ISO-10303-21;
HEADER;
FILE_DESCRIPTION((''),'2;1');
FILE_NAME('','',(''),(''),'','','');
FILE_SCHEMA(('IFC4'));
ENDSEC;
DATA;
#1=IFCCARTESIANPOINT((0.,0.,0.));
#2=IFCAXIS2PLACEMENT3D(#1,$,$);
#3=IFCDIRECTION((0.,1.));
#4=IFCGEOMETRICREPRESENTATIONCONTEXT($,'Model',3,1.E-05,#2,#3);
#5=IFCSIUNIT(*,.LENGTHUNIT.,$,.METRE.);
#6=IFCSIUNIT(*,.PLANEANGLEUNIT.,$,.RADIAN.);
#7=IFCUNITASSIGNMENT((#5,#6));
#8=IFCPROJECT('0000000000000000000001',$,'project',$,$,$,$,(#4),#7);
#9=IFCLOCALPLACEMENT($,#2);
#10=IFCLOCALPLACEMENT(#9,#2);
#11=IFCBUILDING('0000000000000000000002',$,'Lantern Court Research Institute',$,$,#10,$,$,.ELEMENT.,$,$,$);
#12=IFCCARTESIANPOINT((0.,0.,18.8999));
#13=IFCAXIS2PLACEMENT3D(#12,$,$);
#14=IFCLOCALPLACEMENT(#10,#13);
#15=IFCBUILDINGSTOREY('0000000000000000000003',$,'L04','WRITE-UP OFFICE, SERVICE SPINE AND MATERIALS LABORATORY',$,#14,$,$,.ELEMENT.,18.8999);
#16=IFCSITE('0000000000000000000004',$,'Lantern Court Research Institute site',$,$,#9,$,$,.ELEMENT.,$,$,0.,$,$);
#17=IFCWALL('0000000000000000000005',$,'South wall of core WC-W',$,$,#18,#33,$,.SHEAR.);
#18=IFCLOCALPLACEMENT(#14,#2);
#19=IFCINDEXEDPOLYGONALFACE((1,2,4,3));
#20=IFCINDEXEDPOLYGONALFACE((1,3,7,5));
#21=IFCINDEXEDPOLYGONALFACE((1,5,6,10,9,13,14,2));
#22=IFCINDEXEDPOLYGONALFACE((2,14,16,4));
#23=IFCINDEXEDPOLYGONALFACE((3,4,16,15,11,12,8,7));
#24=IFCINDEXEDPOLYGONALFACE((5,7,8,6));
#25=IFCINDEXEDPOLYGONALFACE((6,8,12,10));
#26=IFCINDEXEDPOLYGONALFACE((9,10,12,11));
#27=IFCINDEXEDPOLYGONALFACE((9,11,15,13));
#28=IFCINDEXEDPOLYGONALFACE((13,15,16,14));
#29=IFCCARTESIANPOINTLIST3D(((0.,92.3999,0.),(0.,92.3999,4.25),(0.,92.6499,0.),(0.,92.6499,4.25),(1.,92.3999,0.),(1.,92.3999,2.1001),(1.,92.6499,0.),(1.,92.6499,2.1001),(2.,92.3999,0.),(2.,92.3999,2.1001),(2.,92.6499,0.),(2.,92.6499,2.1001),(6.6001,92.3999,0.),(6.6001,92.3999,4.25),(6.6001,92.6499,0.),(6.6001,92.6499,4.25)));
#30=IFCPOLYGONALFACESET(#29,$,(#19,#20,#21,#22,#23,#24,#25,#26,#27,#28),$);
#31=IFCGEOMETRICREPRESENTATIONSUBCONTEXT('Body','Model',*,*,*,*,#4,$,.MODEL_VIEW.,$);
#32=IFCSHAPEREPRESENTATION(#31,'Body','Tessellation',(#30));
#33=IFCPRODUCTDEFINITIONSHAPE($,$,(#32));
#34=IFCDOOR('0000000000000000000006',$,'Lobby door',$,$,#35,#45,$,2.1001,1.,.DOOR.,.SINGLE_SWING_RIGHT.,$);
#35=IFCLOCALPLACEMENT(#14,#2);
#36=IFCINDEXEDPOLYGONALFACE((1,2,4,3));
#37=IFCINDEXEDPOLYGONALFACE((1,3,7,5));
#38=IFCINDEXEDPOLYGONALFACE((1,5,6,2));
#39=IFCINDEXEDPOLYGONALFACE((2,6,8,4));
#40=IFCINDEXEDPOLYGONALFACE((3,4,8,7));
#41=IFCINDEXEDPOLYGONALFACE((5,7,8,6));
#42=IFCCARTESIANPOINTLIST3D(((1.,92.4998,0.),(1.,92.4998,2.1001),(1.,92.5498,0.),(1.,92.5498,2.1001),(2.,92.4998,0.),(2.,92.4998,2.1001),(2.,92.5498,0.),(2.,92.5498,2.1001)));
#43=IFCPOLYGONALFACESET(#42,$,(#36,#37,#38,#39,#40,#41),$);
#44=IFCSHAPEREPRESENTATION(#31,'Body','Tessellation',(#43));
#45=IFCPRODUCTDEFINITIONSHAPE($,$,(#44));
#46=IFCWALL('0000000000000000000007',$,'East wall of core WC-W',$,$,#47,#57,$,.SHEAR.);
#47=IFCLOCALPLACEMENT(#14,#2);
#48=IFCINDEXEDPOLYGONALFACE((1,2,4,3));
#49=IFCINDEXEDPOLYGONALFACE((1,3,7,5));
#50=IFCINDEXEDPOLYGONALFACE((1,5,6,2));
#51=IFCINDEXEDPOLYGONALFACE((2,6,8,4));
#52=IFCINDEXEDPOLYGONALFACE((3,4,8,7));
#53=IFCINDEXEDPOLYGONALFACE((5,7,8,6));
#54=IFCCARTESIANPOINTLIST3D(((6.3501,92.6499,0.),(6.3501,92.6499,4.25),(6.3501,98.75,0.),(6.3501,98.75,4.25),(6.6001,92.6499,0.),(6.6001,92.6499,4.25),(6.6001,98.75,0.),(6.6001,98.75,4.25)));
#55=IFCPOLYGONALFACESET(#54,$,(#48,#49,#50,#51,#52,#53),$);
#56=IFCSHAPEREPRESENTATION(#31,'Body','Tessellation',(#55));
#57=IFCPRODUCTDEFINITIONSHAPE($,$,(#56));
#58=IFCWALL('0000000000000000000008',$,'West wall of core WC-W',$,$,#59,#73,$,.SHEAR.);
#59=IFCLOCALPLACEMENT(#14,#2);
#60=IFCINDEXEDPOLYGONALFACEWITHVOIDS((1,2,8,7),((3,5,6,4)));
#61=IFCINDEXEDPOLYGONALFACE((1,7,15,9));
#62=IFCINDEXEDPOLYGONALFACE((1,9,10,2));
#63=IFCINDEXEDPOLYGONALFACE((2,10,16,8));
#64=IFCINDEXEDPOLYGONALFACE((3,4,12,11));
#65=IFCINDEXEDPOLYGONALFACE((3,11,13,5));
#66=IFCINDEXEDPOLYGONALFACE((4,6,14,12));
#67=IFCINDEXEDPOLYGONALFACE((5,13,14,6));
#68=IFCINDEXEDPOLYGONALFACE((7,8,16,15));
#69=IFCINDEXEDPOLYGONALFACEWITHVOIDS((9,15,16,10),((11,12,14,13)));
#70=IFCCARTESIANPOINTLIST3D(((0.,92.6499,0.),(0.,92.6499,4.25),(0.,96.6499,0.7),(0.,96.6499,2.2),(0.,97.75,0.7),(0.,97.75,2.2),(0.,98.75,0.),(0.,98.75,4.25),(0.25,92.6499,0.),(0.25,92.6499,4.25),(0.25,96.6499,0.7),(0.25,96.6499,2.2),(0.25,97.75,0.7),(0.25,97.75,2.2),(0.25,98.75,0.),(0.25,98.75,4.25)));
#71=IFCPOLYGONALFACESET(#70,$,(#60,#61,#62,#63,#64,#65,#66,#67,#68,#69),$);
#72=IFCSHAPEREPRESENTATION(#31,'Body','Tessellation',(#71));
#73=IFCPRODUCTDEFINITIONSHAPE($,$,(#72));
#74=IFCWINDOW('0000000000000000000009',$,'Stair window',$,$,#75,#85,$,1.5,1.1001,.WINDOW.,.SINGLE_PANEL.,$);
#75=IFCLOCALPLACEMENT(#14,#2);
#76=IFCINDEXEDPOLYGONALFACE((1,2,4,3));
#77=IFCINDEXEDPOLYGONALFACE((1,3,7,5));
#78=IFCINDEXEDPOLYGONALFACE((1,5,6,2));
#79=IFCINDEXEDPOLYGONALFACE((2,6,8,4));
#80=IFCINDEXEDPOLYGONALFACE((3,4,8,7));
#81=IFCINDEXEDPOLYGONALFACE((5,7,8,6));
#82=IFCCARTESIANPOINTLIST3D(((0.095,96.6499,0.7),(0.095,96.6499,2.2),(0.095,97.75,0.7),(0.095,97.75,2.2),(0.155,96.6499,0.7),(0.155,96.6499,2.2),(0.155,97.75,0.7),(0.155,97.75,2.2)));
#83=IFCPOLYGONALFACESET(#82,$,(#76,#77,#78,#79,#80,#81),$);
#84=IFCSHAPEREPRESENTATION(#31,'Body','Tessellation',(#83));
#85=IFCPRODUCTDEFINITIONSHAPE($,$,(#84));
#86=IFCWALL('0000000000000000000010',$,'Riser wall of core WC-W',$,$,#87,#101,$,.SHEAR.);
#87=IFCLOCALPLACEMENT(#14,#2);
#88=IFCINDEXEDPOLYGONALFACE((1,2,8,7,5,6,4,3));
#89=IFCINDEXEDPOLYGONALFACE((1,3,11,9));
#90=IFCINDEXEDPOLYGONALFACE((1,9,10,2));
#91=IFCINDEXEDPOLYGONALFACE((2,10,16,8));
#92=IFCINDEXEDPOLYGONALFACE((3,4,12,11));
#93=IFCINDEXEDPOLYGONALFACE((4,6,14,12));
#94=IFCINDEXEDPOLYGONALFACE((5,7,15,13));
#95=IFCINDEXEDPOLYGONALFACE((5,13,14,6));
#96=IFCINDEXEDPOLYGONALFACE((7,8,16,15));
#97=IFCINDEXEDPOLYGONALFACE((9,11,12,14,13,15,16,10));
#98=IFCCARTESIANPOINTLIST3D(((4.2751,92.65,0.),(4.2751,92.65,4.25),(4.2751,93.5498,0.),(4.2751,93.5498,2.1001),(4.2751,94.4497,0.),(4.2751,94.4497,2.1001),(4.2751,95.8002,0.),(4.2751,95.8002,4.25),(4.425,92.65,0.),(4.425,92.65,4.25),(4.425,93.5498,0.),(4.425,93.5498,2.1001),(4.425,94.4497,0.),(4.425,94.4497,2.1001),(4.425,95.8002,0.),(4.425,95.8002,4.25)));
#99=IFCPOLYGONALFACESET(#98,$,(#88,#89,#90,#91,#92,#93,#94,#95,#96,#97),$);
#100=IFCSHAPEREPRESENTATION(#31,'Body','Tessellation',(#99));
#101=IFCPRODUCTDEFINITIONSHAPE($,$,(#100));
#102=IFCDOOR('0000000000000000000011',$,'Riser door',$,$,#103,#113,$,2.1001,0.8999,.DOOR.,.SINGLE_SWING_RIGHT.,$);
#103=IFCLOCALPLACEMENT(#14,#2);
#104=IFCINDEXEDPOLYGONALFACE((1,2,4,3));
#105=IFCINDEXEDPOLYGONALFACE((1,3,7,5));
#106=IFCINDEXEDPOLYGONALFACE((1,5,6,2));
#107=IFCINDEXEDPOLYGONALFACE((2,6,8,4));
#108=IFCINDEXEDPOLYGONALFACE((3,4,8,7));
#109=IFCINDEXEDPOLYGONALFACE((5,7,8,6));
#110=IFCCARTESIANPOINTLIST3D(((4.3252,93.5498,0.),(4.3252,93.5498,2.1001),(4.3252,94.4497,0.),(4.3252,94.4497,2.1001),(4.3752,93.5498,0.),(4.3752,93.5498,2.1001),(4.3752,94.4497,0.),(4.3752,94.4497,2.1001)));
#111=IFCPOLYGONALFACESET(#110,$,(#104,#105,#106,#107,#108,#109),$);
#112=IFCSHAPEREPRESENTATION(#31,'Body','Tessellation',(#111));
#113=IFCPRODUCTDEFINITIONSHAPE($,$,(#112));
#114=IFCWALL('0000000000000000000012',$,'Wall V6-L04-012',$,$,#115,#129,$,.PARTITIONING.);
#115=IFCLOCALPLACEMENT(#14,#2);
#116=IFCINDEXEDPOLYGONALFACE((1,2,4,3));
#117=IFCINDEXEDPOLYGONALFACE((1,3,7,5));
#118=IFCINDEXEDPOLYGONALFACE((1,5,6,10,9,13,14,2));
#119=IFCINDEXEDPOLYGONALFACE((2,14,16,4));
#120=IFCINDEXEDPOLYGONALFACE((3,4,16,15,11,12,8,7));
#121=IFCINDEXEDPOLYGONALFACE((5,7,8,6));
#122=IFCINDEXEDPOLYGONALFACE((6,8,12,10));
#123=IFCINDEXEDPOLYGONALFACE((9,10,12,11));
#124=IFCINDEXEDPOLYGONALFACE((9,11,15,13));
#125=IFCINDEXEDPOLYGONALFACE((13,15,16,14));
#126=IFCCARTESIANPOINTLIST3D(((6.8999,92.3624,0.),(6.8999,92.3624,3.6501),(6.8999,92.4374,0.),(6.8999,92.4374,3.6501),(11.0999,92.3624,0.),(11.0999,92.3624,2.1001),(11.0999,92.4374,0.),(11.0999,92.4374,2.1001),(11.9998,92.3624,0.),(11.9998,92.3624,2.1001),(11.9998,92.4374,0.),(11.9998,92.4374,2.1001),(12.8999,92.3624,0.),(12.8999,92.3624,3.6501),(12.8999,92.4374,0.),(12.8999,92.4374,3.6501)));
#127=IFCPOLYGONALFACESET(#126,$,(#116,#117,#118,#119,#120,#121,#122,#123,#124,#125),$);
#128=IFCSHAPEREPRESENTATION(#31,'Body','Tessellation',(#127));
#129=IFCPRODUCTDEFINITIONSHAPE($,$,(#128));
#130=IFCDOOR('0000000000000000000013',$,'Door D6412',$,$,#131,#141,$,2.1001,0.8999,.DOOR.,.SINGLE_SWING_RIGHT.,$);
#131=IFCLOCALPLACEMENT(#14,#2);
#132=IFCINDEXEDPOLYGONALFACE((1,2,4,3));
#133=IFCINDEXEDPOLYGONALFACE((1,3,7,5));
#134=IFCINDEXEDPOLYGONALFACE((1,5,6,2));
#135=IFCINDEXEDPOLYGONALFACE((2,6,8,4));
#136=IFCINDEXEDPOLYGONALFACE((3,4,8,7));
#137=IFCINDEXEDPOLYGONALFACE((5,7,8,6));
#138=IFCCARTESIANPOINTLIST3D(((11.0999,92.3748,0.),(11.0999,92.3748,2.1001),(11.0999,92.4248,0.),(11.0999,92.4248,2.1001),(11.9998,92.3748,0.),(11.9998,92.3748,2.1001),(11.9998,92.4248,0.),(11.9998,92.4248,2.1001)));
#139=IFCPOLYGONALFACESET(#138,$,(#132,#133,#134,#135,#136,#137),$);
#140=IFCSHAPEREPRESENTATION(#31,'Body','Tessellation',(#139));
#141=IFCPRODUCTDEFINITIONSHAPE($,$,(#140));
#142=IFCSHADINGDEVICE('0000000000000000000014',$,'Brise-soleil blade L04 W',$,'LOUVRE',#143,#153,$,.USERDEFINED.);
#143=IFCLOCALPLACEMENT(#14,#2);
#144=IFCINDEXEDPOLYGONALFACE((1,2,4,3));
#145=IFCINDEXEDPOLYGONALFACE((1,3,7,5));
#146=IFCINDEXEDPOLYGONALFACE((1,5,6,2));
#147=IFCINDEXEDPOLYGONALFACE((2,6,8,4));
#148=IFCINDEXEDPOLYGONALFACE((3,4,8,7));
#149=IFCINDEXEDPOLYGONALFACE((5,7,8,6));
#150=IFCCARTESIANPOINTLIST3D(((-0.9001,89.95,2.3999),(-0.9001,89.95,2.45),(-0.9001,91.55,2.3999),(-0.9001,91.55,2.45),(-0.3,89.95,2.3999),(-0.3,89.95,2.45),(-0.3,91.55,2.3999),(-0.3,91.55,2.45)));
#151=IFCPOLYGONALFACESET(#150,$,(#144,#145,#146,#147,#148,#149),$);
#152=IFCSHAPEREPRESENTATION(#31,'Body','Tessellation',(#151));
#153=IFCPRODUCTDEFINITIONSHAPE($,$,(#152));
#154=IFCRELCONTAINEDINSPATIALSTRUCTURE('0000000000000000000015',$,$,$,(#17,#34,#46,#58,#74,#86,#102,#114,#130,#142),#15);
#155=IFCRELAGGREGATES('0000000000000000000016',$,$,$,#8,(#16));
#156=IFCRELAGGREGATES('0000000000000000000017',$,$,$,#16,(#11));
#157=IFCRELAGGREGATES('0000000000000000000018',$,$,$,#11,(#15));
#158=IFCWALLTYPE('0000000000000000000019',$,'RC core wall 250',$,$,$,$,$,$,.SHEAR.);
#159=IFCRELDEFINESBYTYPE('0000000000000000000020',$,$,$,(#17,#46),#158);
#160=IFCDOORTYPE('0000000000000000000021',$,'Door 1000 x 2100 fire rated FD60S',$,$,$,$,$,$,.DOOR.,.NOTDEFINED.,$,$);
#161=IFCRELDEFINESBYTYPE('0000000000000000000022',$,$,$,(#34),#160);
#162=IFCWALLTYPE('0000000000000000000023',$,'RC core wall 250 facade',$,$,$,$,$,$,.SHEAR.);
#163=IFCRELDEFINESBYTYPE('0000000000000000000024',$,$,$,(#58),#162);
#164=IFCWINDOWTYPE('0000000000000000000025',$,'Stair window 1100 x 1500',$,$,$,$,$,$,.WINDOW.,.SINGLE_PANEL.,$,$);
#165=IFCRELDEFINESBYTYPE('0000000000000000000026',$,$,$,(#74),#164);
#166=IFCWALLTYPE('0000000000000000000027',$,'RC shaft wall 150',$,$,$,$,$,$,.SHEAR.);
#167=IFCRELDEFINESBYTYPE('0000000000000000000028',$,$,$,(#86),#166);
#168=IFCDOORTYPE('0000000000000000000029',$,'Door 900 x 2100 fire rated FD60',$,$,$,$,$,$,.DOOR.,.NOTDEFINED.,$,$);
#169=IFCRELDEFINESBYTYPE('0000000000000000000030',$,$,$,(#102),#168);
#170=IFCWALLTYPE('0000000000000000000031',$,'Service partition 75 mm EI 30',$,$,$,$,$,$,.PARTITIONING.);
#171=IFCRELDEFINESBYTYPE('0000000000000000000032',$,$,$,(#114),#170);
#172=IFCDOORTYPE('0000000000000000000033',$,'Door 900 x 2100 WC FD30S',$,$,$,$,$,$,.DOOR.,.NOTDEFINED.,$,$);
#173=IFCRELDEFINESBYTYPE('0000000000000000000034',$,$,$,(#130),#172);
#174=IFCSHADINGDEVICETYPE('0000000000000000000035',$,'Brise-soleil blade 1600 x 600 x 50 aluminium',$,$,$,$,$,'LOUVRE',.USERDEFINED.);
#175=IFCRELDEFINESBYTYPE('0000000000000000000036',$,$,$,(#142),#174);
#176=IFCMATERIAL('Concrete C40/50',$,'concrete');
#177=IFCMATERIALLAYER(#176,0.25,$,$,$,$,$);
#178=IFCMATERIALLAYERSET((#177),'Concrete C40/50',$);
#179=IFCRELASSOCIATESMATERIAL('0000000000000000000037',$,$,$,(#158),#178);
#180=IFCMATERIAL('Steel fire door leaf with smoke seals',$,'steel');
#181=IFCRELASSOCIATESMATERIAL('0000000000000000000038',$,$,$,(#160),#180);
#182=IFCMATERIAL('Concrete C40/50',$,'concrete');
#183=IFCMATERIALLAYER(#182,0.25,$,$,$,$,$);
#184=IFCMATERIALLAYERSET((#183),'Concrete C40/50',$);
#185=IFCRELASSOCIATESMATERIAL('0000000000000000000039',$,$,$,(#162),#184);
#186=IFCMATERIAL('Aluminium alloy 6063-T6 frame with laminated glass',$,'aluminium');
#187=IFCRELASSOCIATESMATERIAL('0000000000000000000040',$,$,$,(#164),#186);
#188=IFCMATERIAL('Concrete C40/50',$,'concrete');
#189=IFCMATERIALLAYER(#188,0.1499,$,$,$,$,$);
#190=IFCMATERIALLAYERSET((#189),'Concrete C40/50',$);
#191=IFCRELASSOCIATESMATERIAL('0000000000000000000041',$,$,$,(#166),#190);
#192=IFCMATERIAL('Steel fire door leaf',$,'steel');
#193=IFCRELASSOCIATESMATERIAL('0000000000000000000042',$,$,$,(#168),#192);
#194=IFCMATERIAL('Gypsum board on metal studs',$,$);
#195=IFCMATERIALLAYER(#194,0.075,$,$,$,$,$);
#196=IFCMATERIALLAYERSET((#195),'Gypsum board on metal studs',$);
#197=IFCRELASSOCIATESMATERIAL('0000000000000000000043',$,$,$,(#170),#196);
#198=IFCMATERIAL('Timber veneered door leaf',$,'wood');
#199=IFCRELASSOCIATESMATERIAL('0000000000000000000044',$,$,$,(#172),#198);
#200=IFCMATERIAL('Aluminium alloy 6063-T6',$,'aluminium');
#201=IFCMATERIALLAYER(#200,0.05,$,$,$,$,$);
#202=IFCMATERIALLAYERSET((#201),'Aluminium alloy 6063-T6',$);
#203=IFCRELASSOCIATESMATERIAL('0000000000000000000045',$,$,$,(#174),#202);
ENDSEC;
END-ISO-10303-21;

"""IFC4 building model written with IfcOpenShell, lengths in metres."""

from ifc_helpers import new_model, si_unit, direction, frame, frame_2d, origin, origin_2d, place, context, subcontext, project, spatial, rectangle, extrude, material, layer, layer_set, type_object, element, fill, save


model = new_model("IFC4")

# Units and contexts
model_context = context("Model", 3, precision=1e-05, world=origin(), true_north=direction((0.0, 1.0)))
body_context = subcontext(model_context, "Body", "Model", "MODEL_VIEW")
ifc_project = project(units=[si_unit("LENGTHUNIT", "METRE"), si_unit("PLANEANGLEUNIT", "RADIAN")], contexts=[model_context])

# Site, building, storey
site_placement = place(None, origin())
site = spatial("IfcSite", under=ifc_project, at=site_placement, Name="Lantern Court Research Institute site", CompositionType="ELEMENT", RefElevation=0.0)
building_placement = place(site_placement, origin())
building = spatial("IfcBuilding", under=site, at=building_placement, Name="Lantern Court Research Institute", CompositionType="ELEMENT")
storey_placement = place(building_placement, frame((0.0, 0.0, 18.8999)))
storey = spatial("IfcBuildingStorey", under=building, at=storey_placement, Name="L04", Description="WRITE-UP OFFICE, SERVICE SPINE AND MATERIALS LABORATORY", CompositionType="ELEMENT", Elevation=18.8999)

# Wall, opening, door
ifc_material_1 = material(Name="Concrete C40/50", Category="concrete")
ifc_layer_1 = layer(ifc_material_1, 0.25)
ifc_layer_set_1 = layer_set([ifc_layer_1], Name="Concrete C40/50")
wall_type_1 = type_object("IfcWallType", Name="RC core wall 250", PredefinedType="SHEAR", material=ifc_layer_set_1)
wall_1_placement = place(storey_placement, frame((0.0, 92.5249, 0.0), z_axis=(0.0, 0.0, 1.0), x_axis=(1.0, 0.0, 0.0)))
wall_1 = element("IfcWall", 1, at=wall_1_placement, inside=storey, type_object=wall_type_1, Name="South wall of core WC-W", PredefinedType="SHEAR", context=body_context, shape_type="SweptSolid", body=[
    extrude(rectangle(XDim=6.6001, YDim=0.25, at=frame_2d((3.3, 0.0))), origin(), (0.0, 0.0, 1.0), 4.25),
])
opening_1_placement = place(wall_1_placement, frame((1.0, 0.0, 0.0)))
opening_1 = element("IfcOpeningElement", 2, at=opening_1_placement, cuts=wall_1, PredefinedType="OPENING", context=body_context, shape_type="SweptSolid", body=[
    extrude(rectangle(XDim=1.0, YDim=2.1001, at=frame_2d((0.5, 1.05))), frame((0.0, 0.135, 0.0), z_axis=(0.0, -1.0, 0.0), x_axis=(1.0, 0.0, 0.0)), (0.0, 0.0, 1.0), 0.27),
])
ifc_material_2 = material(Name="Steel fire door leaf with smoke seals", Category="steel")
door_type_1 = type_object("IfcDoorType", Name="Door 1000 x 2100 fire rated FD60S", OperationType="NOTDEFINED", PredefinedType="DOOR", material=ifc_material_2)
door_1_placement = place(opening_1_placement, origin())
door_1 = element("IfcDoor", 3, at=door_1_placement, inside=storey, type_object=door_type_1, Name="Lobby door", OperationType="SINGLE_SWING_RIGHT", OverallHeight=2.1001, OverallWidth=1.0, PredefinedType="DOOR", context=body_context, shape_type="SweptSolid", body=[
    extrude(rectangle(XDim=1.0, YDim=2.1001, at=frame_2d((0.5, 1.05))), frame((0.0, 0.0249, 0.0), z_axis=(0.0, -1.0, 0.0), x_axis=(1.0, 0.0, 0.0)), (0.0, 0.0, 1.0), 0.05),
])
fill(opening_1, door_1)

# Wall
wall_2_placement = place(storey_placement, frame((6.4751, 92.6499, 0.0), z_axis=(0.0, 0.0, 1.0), x_axis=(0.0, 1.0, 0.0)))
element("IfcWall", 4, at=wall_2_placement, inside=storey, type_object=wall_type_1, Name="East wall of core WC-W", PredefinedType="SHEAR", context=body_context, shape_type="SweptSolid", body=[
    extrude(rectangle(XDim=6.1001, YDim=0.25, at=frame_2d((3.05, 0.0))), origin(), (0.0, 0.0, 1.0), 4.25),
])

# Wall, opening, window
ifc_material_3 = material(Name="Concrete C40/50", Category="concrete")
ifc_layer_2 = layer(ifc_material_3, 0.25)
ifc_layer_set_2 = layer_set([ifc_layer_2], Name="Concrete C40/50")
wall_type_2 = type_object("IfcWallType", Name="RC core wall 250 facade", PredefinedType="SHEAR", material=ifc_layer_set_2)
wall_3_placement = place(storey_placement, frame((0.125, 92.6499, 0.0), z_axis=(0.0, 0.0, 1.0), x_axis=(0.0, 1.0, 0.0)))
wall_3 = element("IfcWall", 5, at=wall_3_placement, inside=storey, type_object=wall_type_2, Name="West wall of core WC-W", PredefinedType="SHEAR", context=body_context, shape_type="SweptSolid", body=[
    extrude(rectangle(XDim=6.1001, YDim=0.25, at=frame_2d((3.05, 0.0))), origin(), (0.0, 0.0, 1.0), 4.25),
])
opening_2_placement = place(wall_3_placement, frame((4.0, 0.0, 0.7)))
opening_2 = element("IfcOpeningElement", 6, at=opening_2_placement, cuts=wall_3, PredefinedType="OPENING", context=body_context, shape_type="SweptSolid", body=[
    extrude(rectangle(XDim=1.1001, YDim=1.5, at=frame_2d((0.55, 0.75))), frame((0.0, 0.135, 0.0), z_axis=(0.0, -1.0, 0.0), x_axis=(1.0, 0.0, 0.0)), (0.0, 0.0, 1.0), 0.27),
])
ifc_material_4 = material(Name="Aluminium alloy 6063-T6 frame with laminated glass", Category="aluminium")
window_type_1 = type_object("IfcWindowType", Name="Stair window 1100 x 1500", PartitioningType="SINGLE_PANEL", PredefinedType="WINDOW", material=ifc_material_4)
window_1_placement = place(opening_2_placement, origin())
window_1 = element("IfcWindow", 7, at=window_1_placement, inside=storey, type_object=window_type_1, Name="Stair window", OverallHeight=1.5, OverallWidth=1.1001, PartitioningType="SINGLE_PANEL", PredefinedType="WINDOW", context=body_context, shape_type="SweptSolid", body=[
    extrude(rectangle(XDim=1.1001, YDim=1.5, at=frame_2d((0.55, 0.75))), frame((0.0, 0.03, 0.0), z_axis=(0.0, -1.0, 0.0), x_axis=(1.0, 0.0, 0.0)), (0.0, 0.0, 1.0), 0.0601),
])
fill(opening_2, window_1)

# Walls, openings, doors
ifc_material_5 = material(Name="Concrete C40/50", Category="concrete")
ifc_layer_3 = layer(ifc_material_5, 0.1499)
ifc_layer_set_3 = layer_set([ifc_layer_3], Name="Concrete C40/50")
wall_type_3 = type_object("IfcWallType", Name="RC shaft wall 150", PredefinedType="SHEAR", material=ifc_layer_set_3)
wall_4_placement = place(storey_placement, frame((4.3501, 92.6499, 0.0), z_axis=(0.0, 0.0, 1.0), x_axis=(0.0, 1.0, 0.0)))
wall_4 = element("IfcWall", 8, at=wall_4_placement, inside=storey, type_object=wall_type_3, Name="Riser wall of core WC-W", PredefinedType="SHEAR", context=body_context, shape_type="SweptSolid", body=[
    extrude(rectangle(XDim=3.1501, YDim=0.1499, at=frame_2d((1.5752, 0.0))), origin(), (0.0, 0.0, 1.0), 4.25),
])
opening_3_placement = place(wall_4_placement, frame((0.8999, 0.0, 0.0)))
opening_3 = element("IfcOpeningElement", 9, at=opening_3_placement, cuts=wall_4, PredefinedType="OPENING", context=body_context, shape_type="SweptSolid", body=[
    extrude(rectangle(XDim=0.8999, YDim=2.1001, at=frame_2d((0.45, 1.05))), frame((0.0, 0.085, 0.0), z_axis=(0.0, -1.0, 0.0), x_axis=(1.0, 0.0, 0.0)), (0.0, 0.0, 1.0), 0.1699),
])
ifc_material_6 = material(Name="Steel fire door leaf", Category="steel")
door_type_2 = type_object("IfcDoorType", Name="Door 900 x 2100 fire rated FD60", OperationType="NOTDEFINED", PredefinedType="DOOR", material=ifc_material_6)
door_2_placement = place(opening_3_placement, origin())
door_2 = element("IfcDoor", 10, at=door_2_placement, inside=storey, type_object=door_type_2, Name="Riser door", OperationType="SINGLE_SWING_RIGHT", OverallHeight=2.1001, OverallWidth=0.8999, PredefinedType="DOOR", context=body_context, shape_type="SweptSolid", body=[
    extrude(rectangle(XDim=0.8999, YDim=2.1001, at=frame_2d((0.45, 1.05))), frame((0.0, 0.0249, 0.0), z_axis=(0.0, -1.0, 0.0), x_axis=(1.0, 0.0, 0.0)), (0.0, 0.0, 1.0), 0.05),
])
fill(opening_3, door_2)
ifc_material_7 = material(Name="Gypsum board on metal studs")
ifc_layer_4 = layer(ifc_material_7, 0.075)
ifc_layer_set_4 = layer_set([ifc_layer_4], Name="Gypsum board on metal studs")
wall_type_4 = type_object("IfcWallType", Name="Service partition 75 mm EI 30", PredefinedType="PARTITIONING", material=ifc_layer_set_4)
wall_5_placement = place(storey_placement, frame((6.8999, 92.3999, 0.0), z_axis=(0.0, 0.0, 1.0), x_axis=(1.0, 0.0, 0.0)))
wall_5 = element("IfcWall", 11, at=wall_5_placement, inside=storey, type_object=wall_type_4, Name="Wall V6-L04-012", PredefinedType="PARTITIONING", context=body_context, shape_type="SweptSolid", body=[
    extrude(rectangle(XDim=6.0, YDim=0.075, at=frame_2d((3.0, 0.0))), origin(), (0.0, 0.0, 1.0), 3.6501),
])
opening_4_placement = place(wall_5_placement, frame((4.2, 0.0, 0.0)))
opening_4 = element("IfcOpeningElement", 12, at=opening_4_placement, cuts=wall_5, PredefinedType="OPENING", context=body_context, shape_type="SweptSolid", body=[
    extrude(rectangle(XDim=0.8999, YDim=2.1001, at=frame_2d((0.45, 1.05))), frame((0.0, 0.0474, 0.0), z_axis=(0.0, -1.0, 0.0), x_axis=(1.0, 0.0, 0.0)), (0.0, 0.0, 1.0), 0.095),
])
ifc_material_8 = material(Name="Timber veneered door leaf", Category="wood")
door_type_3 = type_object("IfcDoorType", Name="Door 900 x 2100 WC FD30S", OperationType="NOTDEFINED", PredefinedType="DOOR", material=ifc_material_8)
door_3_placement = place(opening_4_placement, origin())
door_3 = element("IfcDoor", 13, at=door_3_placement, inside=storey, type_object=door_type_3, Name="Door D6412", OperationType="SINGLE_SWING_RIGHT", OverallHeight=2.1001, OverallWidth=0.8999, PredefinedType="DOOR", context=body_context, shape_type="SweptSolid", body=[
    extrude(rectangle(XDim=0.8999, YDim=2.1001, at=frame_2d((0.45, 1.05))), frame((0.0, 0.0249, 0.0), z_axis=(0.0, -1.0, 0.0), x_axis=(1.0, 0.0, 0.0)), (0.0, 0.0, 1.0), 0.05),
])
fill(opening_4, door_3)

# Shading device
ifc_material_9 = material(Name="Aluminium alloy 6063-T6", Category="aluminium")
ifc_layer_5 = layer(ifc_material_9, 0.05)
ifc_layer_set_5 = layer_set([ifc_layer_5], Name="Aluminium alloy 6063-T6")
shading_device_type_1 = type_object("IfcShadingDeviceType", Name="Brise-soleil blade 1600 x 600 x 50 aluminium", ElementType="LOUVRE", PredefinedType="USERDEFINED", material=ifc_layer_set_5)
shading_device_1_placement = place(storey_placement, frame((-0.6001, 90.75, 2.3999), z_axis=(0.0, 0.0, 1.0), x_axis=(0.0, 1.0, 0.0)))
element("IfcShadingDevice", 14, at=shading_device_1_placement, inside=storey, type_object=shading_device_type_1, Name="Brise-soleil blade L04 W", ObjectType="LOUVRE", PredefinedType="USERDEFINED", context=body_context, shape_type="SweptSolid", body=[
    extrude(rectangle(XDim=1.6001, YDim=0.6001, at=origin_2d()), origin(), (0.0, 0.0, 1.0), 0.05),
])

save(model, "model.ifc")
